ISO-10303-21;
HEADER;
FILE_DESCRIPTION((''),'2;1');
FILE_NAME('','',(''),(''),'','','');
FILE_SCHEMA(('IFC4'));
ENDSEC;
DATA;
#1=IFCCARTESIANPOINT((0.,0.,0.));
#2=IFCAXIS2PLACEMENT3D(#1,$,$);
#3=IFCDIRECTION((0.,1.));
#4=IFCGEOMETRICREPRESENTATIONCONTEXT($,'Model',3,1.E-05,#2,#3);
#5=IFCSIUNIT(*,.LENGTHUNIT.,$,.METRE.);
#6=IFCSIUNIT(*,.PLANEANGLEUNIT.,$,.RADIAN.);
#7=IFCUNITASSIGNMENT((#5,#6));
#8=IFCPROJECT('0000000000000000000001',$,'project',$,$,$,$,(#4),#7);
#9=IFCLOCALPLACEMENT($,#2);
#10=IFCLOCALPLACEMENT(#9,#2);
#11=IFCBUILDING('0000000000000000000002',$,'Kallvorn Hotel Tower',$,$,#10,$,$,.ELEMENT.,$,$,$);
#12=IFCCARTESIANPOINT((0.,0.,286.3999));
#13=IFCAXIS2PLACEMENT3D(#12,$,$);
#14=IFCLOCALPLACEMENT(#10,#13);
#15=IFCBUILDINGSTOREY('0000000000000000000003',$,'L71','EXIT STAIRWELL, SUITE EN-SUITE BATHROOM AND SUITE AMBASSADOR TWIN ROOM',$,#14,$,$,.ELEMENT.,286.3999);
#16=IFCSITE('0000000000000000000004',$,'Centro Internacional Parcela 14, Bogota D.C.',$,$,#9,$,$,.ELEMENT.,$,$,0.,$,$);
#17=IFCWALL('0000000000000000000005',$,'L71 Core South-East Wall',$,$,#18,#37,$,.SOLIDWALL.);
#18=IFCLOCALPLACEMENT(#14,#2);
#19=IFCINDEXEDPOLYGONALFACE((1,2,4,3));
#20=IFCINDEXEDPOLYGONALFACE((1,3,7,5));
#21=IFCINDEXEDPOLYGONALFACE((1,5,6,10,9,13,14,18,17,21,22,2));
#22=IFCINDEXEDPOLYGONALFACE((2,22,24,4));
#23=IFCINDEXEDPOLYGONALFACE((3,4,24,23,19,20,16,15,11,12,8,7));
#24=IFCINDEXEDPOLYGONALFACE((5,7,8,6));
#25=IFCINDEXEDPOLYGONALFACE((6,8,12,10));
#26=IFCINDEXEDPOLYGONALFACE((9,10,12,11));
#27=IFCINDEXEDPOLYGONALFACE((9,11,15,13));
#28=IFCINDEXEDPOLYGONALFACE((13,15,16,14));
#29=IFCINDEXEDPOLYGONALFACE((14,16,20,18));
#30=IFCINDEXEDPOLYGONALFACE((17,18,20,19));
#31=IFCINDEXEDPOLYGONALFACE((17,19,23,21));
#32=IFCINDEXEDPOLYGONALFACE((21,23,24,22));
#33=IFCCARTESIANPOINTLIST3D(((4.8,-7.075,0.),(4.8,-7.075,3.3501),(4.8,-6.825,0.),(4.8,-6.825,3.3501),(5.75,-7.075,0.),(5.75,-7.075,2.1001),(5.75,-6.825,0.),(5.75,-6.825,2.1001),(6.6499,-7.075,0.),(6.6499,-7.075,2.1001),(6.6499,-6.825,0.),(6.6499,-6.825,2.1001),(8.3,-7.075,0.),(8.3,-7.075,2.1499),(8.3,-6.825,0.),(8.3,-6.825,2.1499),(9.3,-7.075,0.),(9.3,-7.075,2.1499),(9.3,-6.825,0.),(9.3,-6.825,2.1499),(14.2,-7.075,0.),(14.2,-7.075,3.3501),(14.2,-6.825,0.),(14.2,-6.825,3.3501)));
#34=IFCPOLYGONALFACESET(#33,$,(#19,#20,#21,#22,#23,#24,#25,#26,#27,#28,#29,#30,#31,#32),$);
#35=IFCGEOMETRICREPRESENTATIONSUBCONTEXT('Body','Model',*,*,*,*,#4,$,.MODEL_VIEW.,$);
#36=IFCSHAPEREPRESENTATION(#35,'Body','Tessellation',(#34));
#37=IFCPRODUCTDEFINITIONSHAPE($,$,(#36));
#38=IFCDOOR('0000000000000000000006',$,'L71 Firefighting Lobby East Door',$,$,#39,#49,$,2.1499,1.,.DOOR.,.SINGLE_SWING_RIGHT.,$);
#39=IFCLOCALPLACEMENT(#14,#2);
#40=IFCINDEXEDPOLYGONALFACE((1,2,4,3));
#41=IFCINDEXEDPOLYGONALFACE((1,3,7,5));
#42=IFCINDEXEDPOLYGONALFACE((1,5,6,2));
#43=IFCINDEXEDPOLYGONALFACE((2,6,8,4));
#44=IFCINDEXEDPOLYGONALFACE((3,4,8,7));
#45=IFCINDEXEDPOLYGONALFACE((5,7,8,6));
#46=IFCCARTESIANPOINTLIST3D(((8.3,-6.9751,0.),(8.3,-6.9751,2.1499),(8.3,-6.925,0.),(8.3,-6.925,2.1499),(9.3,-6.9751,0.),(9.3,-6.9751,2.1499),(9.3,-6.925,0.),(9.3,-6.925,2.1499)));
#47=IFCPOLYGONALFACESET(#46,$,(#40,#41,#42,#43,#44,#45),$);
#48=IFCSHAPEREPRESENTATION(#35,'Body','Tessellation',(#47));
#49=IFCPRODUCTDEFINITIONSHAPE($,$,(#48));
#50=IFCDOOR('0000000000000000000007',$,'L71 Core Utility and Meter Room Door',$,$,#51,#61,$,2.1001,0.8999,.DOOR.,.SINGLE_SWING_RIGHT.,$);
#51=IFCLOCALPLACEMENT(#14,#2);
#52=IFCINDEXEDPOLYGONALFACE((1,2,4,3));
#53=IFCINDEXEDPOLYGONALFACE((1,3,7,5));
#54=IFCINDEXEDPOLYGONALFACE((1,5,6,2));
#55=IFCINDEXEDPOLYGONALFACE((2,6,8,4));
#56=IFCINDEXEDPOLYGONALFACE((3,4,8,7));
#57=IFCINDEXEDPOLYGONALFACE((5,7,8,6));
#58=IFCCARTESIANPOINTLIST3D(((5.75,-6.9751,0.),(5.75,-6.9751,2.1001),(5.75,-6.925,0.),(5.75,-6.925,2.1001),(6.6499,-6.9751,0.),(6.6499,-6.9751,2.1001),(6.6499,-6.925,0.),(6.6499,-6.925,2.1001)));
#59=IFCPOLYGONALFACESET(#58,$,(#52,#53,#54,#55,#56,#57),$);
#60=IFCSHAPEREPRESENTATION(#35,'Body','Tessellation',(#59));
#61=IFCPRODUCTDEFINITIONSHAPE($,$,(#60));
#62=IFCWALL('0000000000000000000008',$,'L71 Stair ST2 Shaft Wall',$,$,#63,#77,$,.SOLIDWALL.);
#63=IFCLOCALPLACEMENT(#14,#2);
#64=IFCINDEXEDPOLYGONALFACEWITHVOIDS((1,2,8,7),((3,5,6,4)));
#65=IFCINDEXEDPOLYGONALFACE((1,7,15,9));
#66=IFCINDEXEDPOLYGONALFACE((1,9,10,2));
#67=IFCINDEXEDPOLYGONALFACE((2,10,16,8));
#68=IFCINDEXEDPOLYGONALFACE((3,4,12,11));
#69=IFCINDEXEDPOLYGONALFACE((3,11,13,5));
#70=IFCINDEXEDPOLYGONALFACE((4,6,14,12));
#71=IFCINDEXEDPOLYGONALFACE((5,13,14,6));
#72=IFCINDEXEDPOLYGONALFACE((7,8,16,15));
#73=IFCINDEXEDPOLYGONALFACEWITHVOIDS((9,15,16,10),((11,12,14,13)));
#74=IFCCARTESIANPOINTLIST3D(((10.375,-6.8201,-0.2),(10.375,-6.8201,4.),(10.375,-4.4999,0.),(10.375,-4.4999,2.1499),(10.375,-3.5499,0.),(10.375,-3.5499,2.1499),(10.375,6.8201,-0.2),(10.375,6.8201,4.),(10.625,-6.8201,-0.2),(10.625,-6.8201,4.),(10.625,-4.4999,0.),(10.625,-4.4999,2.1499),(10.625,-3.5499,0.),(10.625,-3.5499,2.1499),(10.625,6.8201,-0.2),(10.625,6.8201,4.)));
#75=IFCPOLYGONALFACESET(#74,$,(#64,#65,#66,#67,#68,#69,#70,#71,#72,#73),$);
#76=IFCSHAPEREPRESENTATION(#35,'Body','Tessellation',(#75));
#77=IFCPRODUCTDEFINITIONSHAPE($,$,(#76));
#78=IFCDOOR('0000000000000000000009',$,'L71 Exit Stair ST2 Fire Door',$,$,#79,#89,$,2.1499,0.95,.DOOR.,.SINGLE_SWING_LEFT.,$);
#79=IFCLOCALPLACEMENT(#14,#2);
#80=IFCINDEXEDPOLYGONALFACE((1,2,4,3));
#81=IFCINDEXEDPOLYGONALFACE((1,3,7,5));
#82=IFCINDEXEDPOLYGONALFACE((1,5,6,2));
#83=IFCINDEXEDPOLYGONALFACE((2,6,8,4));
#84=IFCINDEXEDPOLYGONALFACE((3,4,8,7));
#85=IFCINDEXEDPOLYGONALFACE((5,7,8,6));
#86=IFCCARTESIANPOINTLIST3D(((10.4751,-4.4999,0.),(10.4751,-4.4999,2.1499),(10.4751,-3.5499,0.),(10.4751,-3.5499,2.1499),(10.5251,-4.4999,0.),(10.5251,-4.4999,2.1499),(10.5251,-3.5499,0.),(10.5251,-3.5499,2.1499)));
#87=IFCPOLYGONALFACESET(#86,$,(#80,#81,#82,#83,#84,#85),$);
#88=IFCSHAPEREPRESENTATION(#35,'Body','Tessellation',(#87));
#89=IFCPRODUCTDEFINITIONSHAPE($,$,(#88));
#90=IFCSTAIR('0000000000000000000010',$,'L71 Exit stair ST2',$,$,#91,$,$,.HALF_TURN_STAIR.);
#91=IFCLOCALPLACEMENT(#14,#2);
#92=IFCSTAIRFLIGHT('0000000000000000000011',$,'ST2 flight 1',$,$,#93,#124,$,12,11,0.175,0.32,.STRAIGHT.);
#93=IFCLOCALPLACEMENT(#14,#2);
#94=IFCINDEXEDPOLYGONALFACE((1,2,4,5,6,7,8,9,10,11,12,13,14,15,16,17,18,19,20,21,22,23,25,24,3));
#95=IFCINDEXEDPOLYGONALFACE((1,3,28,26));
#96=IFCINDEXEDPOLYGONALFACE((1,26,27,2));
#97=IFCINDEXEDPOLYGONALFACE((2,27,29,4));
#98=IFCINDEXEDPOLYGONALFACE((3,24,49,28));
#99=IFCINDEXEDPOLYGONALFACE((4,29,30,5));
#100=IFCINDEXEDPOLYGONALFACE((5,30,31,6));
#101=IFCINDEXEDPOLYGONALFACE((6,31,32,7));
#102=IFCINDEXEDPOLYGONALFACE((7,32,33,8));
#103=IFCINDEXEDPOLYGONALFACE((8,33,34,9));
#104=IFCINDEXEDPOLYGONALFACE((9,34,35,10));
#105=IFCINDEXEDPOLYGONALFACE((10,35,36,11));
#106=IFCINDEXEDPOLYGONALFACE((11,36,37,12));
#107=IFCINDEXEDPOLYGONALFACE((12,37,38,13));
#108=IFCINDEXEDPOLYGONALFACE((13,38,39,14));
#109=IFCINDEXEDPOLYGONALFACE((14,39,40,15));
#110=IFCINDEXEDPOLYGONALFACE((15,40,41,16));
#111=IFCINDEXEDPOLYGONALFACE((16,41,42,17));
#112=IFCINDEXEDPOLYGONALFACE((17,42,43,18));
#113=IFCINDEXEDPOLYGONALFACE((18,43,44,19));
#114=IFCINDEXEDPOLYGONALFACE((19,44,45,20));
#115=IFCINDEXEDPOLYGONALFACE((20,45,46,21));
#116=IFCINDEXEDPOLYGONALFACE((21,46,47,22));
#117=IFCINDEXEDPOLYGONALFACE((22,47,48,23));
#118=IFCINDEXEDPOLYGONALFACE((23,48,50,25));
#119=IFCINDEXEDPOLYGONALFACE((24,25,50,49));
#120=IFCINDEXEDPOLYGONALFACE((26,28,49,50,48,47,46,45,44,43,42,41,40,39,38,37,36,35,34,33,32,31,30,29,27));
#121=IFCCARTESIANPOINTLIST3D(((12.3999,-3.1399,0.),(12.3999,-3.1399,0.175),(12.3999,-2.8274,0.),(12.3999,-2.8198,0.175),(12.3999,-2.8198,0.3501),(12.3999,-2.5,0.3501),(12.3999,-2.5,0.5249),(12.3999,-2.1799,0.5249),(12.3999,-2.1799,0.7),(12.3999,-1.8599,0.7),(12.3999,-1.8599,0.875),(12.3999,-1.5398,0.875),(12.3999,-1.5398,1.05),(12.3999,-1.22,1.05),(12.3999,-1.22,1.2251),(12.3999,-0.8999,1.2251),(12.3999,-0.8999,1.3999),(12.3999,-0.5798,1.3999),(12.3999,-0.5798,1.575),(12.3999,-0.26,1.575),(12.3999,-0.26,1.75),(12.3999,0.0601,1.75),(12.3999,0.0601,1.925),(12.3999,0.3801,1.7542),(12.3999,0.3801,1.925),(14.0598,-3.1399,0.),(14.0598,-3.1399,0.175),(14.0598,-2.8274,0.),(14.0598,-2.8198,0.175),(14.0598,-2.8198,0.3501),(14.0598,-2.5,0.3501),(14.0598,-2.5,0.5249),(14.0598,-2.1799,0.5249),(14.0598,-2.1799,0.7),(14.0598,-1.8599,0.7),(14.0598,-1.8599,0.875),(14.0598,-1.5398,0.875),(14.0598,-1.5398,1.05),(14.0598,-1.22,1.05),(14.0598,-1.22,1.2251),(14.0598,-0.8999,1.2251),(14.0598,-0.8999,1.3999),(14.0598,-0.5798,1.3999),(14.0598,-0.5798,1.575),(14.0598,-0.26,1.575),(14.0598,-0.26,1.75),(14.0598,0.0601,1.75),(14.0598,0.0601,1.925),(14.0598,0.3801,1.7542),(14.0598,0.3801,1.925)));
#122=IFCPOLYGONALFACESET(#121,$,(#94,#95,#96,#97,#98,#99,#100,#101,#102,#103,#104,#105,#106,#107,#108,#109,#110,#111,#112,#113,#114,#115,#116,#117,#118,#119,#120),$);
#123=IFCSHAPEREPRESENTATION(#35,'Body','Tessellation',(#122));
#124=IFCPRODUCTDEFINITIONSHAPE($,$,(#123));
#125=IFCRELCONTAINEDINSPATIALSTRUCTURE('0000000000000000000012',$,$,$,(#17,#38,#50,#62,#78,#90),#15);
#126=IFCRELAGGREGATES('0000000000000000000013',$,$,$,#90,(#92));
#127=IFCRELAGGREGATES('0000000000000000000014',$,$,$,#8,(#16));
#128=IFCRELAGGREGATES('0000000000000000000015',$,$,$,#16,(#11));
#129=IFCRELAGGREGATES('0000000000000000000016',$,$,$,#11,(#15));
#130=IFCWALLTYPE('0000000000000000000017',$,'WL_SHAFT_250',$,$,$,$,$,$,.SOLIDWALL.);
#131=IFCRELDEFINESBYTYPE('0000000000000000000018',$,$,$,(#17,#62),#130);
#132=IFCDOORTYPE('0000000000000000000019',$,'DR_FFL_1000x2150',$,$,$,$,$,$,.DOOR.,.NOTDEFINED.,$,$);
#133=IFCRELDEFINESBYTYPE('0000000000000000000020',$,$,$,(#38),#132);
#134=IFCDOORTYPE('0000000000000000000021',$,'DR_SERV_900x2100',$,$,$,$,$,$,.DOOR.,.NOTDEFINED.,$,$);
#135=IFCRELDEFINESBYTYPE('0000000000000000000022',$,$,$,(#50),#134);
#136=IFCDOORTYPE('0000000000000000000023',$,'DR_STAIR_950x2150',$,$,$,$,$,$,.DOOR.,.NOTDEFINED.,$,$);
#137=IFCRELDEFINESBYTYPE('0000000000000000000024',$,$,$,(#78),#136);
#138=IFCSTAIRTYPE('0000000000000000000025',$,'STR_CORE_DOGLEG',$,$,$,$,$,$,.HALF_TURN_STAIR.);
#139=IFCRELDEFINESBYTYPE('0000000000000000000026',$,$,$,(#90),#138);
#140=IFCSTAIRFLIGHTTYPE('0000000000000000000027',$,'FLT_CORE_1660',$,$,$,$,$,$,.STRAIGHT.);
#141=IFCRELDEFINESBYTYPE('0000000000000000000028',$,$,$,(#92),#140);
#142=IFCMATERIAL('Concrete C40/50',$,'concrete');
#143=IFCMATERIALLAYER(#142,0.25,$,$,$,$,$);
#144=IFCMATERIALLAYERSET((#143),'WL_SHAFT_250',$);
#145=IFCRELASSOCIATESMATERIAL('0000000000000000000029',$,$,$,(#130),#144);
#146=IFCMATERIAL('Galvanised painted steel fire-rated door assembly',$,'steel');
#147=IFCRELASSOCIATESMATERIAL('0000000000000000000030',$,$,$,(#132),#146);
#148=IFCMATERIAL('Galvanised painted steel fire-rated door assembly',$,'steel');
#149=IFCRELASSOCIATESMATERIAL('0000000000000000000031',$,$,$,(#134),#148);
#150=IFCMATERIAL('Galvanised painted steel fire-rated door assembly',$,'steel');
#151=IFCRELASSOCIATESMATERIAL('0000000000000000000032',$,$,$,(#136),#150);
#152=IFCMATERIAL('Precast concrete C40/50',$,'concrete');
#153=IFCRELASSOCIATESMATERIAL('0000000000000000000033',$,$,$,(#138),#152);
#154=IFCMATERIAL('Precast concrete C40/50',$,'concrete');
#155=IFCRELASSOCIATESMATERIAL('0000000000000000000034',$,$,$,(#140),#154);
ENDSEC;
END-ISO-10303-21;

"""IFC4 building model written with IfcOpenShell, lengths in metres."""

from ifc_helpers import new_model, si_unit, direction, frame, frame_2d, origin, place, context, subcontext, project, spatial, polyline, rectangle, outline, extrude, material, layer, layer_set, type_object, element, fill, aggregate, save


model = new_model("IFC4")

# Units and contexts
model_context = context("Model", 3, precision=1e-05, world=origin(), true_north=direction((0.0, 1.0)))
body_context = subcontext(model_context, "Body", "Model", "MODEL_VIEW")
ifc_project = project(units=[si_unit("LENGTHUNIT", "METRE"), si_unit("PLANEANGLEUNIT", "RADIAN")], contexts=[model_context])

# Site, building, storey
site_placement = place(None, origin())
site = spatial("IfcSite", under=ifc_project, at=site_placement, Name="Centro Internacional Parcela 14, Bogota D.C.", CompositionType="ELEMENT", RefElevation=0.0)
building_placement = place(site_placement, origin())
building = spatial("IfcBuilding", under=site, at=building_placement, Name="Kallvorn Hotel Tower", CompositionType="ELEMENT")
storey_placement = place(building_placement, frame((0.0, 0.0, 286.3999)))
storey = spatial("IfcBuildingStorey", under=building, at=storey_placement, Name="L71", Description="EXIT STAIRWELL, SUITE EN-SUITE BATHROOM AND SUITE AMBASSADOR TWIN ROOM", CompositionType="ELEMENT", Elevation=286.3999)

# Wall, openings, doors
ifc_material_1 = material(Name="Concrete C40/50", Category="concrete")
ifc_layer_1 = layer(ifc_material_1, 0.25)
ifc_layer_set_1 = layer_set([ifc_layer_1], Name="WL_SHAFT_250")
wall_type_1 = type_object("IfcWallType", Name="WL_SHAFT_250", PredefinedType="SOLIDWALL", material=ifc_layer_set_1)
wall_1_placement = place(storey_placement, frame((4.8, -6.95, 0.0), z_axis=(0.0, 0.0, 1.0), x_axis=(1.0, 0.0, 0.0)))
wall_1 = element("IfcWall", 1, at=wall_1_placement, inside=storey, type_object=wall_type_1, Name="L71 Core South-East Wall", PredefinedType="SOLIDWALL", context=body_context, shape_type="SweptSolid", body=[
    extrude(rectangle(XDim=9.3999, YDim=0.25, at=frame_2d((4.7, 0.0))), origin(), (0.0, 0.0, 1.0), 3.3501),
])
opening_1_placement = place(wall_1_placement, frame((3.5, 0.0, 0.0)))
opening_1 = element("IfcOpeningElement", 2, at=opening_1_placement, cuts=wall_1, PredefinedType="OPENING", context=body_context, shape_type="SweptSolid", body=[
    extrude(rectangle(XDim=1.0, YDim=2.1499, at=frame_2d((0.5, 1.075))), frame((0.0, 0.1399, 0.0), z_axis=(0.0, -1.0, 0.0), x_axis=(1.0, 0.0, 0.0)), (0.0, 0.0, 1.0), 0.28),
])
opening_2_placement = place(wall_1_placement, frame((0.95, 0.0, 0.0)))
opening_2 = element("IfcOpeningElement", 3, at=opening_2_placement, cuts=wall_1, PredefinedType="OPENING", context=body_context, shape_type="SweptSolid", body=[
    extrude(rectangle(XDim=0.8999, YDim=2.1001, at=frame_2d((0.45, 1.05))), frame((0.0, 0.1399, 0.0), z_axis=(0.0, -1.0, 0.0), x_axis=(1.0, 0.0, 0.0)), (0.0, 0.0, 1.0), 0.28),
])
ifc_material_2 = material(Name="Galvanised painted steel fire-rated door assembly", Category="steel")
door_type_1 = type_object("IfcDoorType", Name="DR_FFL_1000x2150", OperationType="NOTDEFINED", PredefinedType="DOOR", material=ifc_material_2)
door_1_placement = place(opening_1_placement, origin())
door_1 = element("IfcDoor", 4, at=door_1_placement, inside=storey, type_object=door_type_1, Name="L71 Firefighting Lobby East Door", OperationType="SINGLE_SWING_RIGHT", OverallHeight=2.1499, OverallWidth=1.0, PredefinedType="DOOR", context=body_context, shape_type="SweptSolid", body=[
    extrude(rectangle(XDim=1.0, YDim=2.1499, at=frame_2d((0.5, 1.075))), frame((0.0, 0.0249, 0.0), z_axis=(0.0, -1.0, 0.0), x_axis=(1.0, 0.0, 0.0)), (0.0, 0.0, 1.0), 0.05),
])
fill(opening_1, door_1)
ifc_material_3 = material(Name="Galvanised painted steel fire-rated door assembly", Category="steel")
door_type_2 = type_object("IfcDoorType", Name="DR_SERV_900x2100", OperationType="NOTDEFINED", PredefinedType="DOOR", material=ifc_material_3)
door_2_placement = place(opening_2_placement, origin())
door_2 = element("IfcDoor", 5, at=door_2_placement, inside=storey, type_object=door_type_2, Name="L71 Core Utility and Meter Room Door", OperationType="SINGLE_SWING_RIGHT", OverallHeight=2.1001, OverallWidth=0.8999, PredefinedType="DOOR", context=body_context, shape_type="SweptSolid", body=[
    extrude(rectangle(XDim=0.8999, YDim=2.1001, at=frame_2d((0.45, 1.05))), frame((0.0, 0.0249, 0.0), z_axis=(0.0, -1.0, 0.0), x_axis=(1.0, 0.0, 0.0)), (0.0, 0.0, 1.0), 0.05),
])
fill(opening_2, door_2)

# Wall, opening, door
wall_2_placement = place(storey_placement, frame((10.5, -6.8201, -0.2), z_axis=(0.0, 0.0, 1.0), x_axis=(0.0, 1.0, 0.0)))
wall_2 = element("IfcWall", 6, at=wall_2_placement, inside=storey, type_object=wall_type_1, Name="L71 Stair ST2 Shaft Wall", PredefinedType="SOLIDWALL", context=body_context, shape_type="SweptSolid", body=[
    extrude(rectangle(XDim=13.6401, YDim=0.25, at=frame_2d((6.8201, 0.0))), origin(), (0.0, 0.0, 1.0), 4.2),
])
opening_3_placement = place(wall_2_placement, frame((2.3201, 0.0, 0.2)))
opening_3 = element("IfcOpeningElement", 7, at=opening_3_placement, cuts=wall_2, PredefinedType="OPENING", context=body_context, shape_type="SweptSolid", body=[
    extrude(rectangle(XDim=0.95, YDim=2.1499, at=frame_2d((0.4751, 1.075))), frame((0.0, 0.1399, 0.0), z_axis=(0.0, -1.0, 0.0), x_axis=(1.0, 0.0, 0.0)), (0.0, 0.0, 1.0), 0.28),
])
ifc_material_4 = material(Name="Galvanised painted steel fire-rated door assembly", Category="steel")
door_type_3 = type_object("IfcDoorType", Name="DR_STAIR_950x2150", OperationType="NOTDEFINED", PredefinedType="DOOR", material=ifc_material_4)
door_3_placement = place(opening_3_placement, origin())
door_3 = element("IfcDoor", 8, at=door_3_placement, inside=storey, type_object=door_type_3, Name="L71 Exit Stair ST2 Fire Door", OperationType="SINGLE_SWING_LEFT", OverallHeight=2.1499, OverallWidth=0.95, PredefinedType="DOOR", context=body_context, shape_type="SweptSolid", body=[
    extrude(rectangle(XDim=0.95, YDim=2.1499, at=frame_2d((0.4751, 1.075))), frame((0.0, 0.0249, 0.0), z_axis=(0.0, -1.0, 0.0), x_axis=(1.0, 0.0, 0.0)), (0.0, 0.0, 1.0), 0.05),
])
fill(opening_3, door_3)

# Stair, stair flight
ifc_material_5 = material(Name="Precast concrete C40/50", Category="concrete")
stair_type = type_object("IfcStairType", Name="STR_CORE_DOGLEG", PredefinedType="HALF_TURN_STAIR", material=ifc_material_5)
stair_placement = place(storey_placement, origin())
stair = element("IfcStair", 9, at=stair_placement, inside=storey, type_object=stair_type, Name="L71 Exit stair ST2", PredefinedType="HALF_TURN_STAIR")
ifc_material_6 = material(Name="Precast concrete C40/50", Category="concrete")
stair_flight_type = type_object("IfcStairFlightType", Name="FLT_CORE_1660", PredefinedType="STRAIGHT", material=ifc_material_6)
stair_flight_placement = place(storey_placement, frame((13.23, -3.1399, 0.0), z_axis=(0.0, 0.0, 1.0), x_axis=(0.0, 1.0, 0.0)))
stair_flight = element("IfcStairFlight", 10, at=stair_flight_placement, type_object=stair_flight_type, Name="ST2 flight 1", NumberOfRisers=12, NumberOfTreads=11, PredefinedType="STRAIGHT", RiserHeight=0.175, TreadLength=0.32, context=body_context, shape_type="SweptSolid", body=[
    extrude(outline(polyline([(0.0, 0.0), (0.0, 0.175), (0.3201, 0.175), (0.3201, 0.3501), (0.6399, 0.3501), (0.6399, 0.5249), (0.96, 0.5249), (0.96, 0.7), (1.28, 0.7), (1.28, 0.875), (1.6001, 0.875), (1.6001, 1.05), (1.9199, 1.05), (1.9199, 1.2251), (2.24, 1.2251), (2.24, 1.3999), (2.5601, 1.3999), (2.5601, 1.575), (2.8799, 1.575), (2.8799, 1.75), (3.2, 1.75), (3.2, 1.925), (3.52, 1.925), (3.52, 2.1001), (3.52, 1.7542), (0.3125, 0.0), (0.0, 0.0)])), frame((0.0, 0.8301, 0.0), z_axis=(0.0, -1.0, 0.0), x_axis=(1.0, 0.0, 0.0)), (0.0, 0.0, 1.0), 1.6599),
])
aggregate(stair, [stair_flight])

save(model, "model.ifc")
